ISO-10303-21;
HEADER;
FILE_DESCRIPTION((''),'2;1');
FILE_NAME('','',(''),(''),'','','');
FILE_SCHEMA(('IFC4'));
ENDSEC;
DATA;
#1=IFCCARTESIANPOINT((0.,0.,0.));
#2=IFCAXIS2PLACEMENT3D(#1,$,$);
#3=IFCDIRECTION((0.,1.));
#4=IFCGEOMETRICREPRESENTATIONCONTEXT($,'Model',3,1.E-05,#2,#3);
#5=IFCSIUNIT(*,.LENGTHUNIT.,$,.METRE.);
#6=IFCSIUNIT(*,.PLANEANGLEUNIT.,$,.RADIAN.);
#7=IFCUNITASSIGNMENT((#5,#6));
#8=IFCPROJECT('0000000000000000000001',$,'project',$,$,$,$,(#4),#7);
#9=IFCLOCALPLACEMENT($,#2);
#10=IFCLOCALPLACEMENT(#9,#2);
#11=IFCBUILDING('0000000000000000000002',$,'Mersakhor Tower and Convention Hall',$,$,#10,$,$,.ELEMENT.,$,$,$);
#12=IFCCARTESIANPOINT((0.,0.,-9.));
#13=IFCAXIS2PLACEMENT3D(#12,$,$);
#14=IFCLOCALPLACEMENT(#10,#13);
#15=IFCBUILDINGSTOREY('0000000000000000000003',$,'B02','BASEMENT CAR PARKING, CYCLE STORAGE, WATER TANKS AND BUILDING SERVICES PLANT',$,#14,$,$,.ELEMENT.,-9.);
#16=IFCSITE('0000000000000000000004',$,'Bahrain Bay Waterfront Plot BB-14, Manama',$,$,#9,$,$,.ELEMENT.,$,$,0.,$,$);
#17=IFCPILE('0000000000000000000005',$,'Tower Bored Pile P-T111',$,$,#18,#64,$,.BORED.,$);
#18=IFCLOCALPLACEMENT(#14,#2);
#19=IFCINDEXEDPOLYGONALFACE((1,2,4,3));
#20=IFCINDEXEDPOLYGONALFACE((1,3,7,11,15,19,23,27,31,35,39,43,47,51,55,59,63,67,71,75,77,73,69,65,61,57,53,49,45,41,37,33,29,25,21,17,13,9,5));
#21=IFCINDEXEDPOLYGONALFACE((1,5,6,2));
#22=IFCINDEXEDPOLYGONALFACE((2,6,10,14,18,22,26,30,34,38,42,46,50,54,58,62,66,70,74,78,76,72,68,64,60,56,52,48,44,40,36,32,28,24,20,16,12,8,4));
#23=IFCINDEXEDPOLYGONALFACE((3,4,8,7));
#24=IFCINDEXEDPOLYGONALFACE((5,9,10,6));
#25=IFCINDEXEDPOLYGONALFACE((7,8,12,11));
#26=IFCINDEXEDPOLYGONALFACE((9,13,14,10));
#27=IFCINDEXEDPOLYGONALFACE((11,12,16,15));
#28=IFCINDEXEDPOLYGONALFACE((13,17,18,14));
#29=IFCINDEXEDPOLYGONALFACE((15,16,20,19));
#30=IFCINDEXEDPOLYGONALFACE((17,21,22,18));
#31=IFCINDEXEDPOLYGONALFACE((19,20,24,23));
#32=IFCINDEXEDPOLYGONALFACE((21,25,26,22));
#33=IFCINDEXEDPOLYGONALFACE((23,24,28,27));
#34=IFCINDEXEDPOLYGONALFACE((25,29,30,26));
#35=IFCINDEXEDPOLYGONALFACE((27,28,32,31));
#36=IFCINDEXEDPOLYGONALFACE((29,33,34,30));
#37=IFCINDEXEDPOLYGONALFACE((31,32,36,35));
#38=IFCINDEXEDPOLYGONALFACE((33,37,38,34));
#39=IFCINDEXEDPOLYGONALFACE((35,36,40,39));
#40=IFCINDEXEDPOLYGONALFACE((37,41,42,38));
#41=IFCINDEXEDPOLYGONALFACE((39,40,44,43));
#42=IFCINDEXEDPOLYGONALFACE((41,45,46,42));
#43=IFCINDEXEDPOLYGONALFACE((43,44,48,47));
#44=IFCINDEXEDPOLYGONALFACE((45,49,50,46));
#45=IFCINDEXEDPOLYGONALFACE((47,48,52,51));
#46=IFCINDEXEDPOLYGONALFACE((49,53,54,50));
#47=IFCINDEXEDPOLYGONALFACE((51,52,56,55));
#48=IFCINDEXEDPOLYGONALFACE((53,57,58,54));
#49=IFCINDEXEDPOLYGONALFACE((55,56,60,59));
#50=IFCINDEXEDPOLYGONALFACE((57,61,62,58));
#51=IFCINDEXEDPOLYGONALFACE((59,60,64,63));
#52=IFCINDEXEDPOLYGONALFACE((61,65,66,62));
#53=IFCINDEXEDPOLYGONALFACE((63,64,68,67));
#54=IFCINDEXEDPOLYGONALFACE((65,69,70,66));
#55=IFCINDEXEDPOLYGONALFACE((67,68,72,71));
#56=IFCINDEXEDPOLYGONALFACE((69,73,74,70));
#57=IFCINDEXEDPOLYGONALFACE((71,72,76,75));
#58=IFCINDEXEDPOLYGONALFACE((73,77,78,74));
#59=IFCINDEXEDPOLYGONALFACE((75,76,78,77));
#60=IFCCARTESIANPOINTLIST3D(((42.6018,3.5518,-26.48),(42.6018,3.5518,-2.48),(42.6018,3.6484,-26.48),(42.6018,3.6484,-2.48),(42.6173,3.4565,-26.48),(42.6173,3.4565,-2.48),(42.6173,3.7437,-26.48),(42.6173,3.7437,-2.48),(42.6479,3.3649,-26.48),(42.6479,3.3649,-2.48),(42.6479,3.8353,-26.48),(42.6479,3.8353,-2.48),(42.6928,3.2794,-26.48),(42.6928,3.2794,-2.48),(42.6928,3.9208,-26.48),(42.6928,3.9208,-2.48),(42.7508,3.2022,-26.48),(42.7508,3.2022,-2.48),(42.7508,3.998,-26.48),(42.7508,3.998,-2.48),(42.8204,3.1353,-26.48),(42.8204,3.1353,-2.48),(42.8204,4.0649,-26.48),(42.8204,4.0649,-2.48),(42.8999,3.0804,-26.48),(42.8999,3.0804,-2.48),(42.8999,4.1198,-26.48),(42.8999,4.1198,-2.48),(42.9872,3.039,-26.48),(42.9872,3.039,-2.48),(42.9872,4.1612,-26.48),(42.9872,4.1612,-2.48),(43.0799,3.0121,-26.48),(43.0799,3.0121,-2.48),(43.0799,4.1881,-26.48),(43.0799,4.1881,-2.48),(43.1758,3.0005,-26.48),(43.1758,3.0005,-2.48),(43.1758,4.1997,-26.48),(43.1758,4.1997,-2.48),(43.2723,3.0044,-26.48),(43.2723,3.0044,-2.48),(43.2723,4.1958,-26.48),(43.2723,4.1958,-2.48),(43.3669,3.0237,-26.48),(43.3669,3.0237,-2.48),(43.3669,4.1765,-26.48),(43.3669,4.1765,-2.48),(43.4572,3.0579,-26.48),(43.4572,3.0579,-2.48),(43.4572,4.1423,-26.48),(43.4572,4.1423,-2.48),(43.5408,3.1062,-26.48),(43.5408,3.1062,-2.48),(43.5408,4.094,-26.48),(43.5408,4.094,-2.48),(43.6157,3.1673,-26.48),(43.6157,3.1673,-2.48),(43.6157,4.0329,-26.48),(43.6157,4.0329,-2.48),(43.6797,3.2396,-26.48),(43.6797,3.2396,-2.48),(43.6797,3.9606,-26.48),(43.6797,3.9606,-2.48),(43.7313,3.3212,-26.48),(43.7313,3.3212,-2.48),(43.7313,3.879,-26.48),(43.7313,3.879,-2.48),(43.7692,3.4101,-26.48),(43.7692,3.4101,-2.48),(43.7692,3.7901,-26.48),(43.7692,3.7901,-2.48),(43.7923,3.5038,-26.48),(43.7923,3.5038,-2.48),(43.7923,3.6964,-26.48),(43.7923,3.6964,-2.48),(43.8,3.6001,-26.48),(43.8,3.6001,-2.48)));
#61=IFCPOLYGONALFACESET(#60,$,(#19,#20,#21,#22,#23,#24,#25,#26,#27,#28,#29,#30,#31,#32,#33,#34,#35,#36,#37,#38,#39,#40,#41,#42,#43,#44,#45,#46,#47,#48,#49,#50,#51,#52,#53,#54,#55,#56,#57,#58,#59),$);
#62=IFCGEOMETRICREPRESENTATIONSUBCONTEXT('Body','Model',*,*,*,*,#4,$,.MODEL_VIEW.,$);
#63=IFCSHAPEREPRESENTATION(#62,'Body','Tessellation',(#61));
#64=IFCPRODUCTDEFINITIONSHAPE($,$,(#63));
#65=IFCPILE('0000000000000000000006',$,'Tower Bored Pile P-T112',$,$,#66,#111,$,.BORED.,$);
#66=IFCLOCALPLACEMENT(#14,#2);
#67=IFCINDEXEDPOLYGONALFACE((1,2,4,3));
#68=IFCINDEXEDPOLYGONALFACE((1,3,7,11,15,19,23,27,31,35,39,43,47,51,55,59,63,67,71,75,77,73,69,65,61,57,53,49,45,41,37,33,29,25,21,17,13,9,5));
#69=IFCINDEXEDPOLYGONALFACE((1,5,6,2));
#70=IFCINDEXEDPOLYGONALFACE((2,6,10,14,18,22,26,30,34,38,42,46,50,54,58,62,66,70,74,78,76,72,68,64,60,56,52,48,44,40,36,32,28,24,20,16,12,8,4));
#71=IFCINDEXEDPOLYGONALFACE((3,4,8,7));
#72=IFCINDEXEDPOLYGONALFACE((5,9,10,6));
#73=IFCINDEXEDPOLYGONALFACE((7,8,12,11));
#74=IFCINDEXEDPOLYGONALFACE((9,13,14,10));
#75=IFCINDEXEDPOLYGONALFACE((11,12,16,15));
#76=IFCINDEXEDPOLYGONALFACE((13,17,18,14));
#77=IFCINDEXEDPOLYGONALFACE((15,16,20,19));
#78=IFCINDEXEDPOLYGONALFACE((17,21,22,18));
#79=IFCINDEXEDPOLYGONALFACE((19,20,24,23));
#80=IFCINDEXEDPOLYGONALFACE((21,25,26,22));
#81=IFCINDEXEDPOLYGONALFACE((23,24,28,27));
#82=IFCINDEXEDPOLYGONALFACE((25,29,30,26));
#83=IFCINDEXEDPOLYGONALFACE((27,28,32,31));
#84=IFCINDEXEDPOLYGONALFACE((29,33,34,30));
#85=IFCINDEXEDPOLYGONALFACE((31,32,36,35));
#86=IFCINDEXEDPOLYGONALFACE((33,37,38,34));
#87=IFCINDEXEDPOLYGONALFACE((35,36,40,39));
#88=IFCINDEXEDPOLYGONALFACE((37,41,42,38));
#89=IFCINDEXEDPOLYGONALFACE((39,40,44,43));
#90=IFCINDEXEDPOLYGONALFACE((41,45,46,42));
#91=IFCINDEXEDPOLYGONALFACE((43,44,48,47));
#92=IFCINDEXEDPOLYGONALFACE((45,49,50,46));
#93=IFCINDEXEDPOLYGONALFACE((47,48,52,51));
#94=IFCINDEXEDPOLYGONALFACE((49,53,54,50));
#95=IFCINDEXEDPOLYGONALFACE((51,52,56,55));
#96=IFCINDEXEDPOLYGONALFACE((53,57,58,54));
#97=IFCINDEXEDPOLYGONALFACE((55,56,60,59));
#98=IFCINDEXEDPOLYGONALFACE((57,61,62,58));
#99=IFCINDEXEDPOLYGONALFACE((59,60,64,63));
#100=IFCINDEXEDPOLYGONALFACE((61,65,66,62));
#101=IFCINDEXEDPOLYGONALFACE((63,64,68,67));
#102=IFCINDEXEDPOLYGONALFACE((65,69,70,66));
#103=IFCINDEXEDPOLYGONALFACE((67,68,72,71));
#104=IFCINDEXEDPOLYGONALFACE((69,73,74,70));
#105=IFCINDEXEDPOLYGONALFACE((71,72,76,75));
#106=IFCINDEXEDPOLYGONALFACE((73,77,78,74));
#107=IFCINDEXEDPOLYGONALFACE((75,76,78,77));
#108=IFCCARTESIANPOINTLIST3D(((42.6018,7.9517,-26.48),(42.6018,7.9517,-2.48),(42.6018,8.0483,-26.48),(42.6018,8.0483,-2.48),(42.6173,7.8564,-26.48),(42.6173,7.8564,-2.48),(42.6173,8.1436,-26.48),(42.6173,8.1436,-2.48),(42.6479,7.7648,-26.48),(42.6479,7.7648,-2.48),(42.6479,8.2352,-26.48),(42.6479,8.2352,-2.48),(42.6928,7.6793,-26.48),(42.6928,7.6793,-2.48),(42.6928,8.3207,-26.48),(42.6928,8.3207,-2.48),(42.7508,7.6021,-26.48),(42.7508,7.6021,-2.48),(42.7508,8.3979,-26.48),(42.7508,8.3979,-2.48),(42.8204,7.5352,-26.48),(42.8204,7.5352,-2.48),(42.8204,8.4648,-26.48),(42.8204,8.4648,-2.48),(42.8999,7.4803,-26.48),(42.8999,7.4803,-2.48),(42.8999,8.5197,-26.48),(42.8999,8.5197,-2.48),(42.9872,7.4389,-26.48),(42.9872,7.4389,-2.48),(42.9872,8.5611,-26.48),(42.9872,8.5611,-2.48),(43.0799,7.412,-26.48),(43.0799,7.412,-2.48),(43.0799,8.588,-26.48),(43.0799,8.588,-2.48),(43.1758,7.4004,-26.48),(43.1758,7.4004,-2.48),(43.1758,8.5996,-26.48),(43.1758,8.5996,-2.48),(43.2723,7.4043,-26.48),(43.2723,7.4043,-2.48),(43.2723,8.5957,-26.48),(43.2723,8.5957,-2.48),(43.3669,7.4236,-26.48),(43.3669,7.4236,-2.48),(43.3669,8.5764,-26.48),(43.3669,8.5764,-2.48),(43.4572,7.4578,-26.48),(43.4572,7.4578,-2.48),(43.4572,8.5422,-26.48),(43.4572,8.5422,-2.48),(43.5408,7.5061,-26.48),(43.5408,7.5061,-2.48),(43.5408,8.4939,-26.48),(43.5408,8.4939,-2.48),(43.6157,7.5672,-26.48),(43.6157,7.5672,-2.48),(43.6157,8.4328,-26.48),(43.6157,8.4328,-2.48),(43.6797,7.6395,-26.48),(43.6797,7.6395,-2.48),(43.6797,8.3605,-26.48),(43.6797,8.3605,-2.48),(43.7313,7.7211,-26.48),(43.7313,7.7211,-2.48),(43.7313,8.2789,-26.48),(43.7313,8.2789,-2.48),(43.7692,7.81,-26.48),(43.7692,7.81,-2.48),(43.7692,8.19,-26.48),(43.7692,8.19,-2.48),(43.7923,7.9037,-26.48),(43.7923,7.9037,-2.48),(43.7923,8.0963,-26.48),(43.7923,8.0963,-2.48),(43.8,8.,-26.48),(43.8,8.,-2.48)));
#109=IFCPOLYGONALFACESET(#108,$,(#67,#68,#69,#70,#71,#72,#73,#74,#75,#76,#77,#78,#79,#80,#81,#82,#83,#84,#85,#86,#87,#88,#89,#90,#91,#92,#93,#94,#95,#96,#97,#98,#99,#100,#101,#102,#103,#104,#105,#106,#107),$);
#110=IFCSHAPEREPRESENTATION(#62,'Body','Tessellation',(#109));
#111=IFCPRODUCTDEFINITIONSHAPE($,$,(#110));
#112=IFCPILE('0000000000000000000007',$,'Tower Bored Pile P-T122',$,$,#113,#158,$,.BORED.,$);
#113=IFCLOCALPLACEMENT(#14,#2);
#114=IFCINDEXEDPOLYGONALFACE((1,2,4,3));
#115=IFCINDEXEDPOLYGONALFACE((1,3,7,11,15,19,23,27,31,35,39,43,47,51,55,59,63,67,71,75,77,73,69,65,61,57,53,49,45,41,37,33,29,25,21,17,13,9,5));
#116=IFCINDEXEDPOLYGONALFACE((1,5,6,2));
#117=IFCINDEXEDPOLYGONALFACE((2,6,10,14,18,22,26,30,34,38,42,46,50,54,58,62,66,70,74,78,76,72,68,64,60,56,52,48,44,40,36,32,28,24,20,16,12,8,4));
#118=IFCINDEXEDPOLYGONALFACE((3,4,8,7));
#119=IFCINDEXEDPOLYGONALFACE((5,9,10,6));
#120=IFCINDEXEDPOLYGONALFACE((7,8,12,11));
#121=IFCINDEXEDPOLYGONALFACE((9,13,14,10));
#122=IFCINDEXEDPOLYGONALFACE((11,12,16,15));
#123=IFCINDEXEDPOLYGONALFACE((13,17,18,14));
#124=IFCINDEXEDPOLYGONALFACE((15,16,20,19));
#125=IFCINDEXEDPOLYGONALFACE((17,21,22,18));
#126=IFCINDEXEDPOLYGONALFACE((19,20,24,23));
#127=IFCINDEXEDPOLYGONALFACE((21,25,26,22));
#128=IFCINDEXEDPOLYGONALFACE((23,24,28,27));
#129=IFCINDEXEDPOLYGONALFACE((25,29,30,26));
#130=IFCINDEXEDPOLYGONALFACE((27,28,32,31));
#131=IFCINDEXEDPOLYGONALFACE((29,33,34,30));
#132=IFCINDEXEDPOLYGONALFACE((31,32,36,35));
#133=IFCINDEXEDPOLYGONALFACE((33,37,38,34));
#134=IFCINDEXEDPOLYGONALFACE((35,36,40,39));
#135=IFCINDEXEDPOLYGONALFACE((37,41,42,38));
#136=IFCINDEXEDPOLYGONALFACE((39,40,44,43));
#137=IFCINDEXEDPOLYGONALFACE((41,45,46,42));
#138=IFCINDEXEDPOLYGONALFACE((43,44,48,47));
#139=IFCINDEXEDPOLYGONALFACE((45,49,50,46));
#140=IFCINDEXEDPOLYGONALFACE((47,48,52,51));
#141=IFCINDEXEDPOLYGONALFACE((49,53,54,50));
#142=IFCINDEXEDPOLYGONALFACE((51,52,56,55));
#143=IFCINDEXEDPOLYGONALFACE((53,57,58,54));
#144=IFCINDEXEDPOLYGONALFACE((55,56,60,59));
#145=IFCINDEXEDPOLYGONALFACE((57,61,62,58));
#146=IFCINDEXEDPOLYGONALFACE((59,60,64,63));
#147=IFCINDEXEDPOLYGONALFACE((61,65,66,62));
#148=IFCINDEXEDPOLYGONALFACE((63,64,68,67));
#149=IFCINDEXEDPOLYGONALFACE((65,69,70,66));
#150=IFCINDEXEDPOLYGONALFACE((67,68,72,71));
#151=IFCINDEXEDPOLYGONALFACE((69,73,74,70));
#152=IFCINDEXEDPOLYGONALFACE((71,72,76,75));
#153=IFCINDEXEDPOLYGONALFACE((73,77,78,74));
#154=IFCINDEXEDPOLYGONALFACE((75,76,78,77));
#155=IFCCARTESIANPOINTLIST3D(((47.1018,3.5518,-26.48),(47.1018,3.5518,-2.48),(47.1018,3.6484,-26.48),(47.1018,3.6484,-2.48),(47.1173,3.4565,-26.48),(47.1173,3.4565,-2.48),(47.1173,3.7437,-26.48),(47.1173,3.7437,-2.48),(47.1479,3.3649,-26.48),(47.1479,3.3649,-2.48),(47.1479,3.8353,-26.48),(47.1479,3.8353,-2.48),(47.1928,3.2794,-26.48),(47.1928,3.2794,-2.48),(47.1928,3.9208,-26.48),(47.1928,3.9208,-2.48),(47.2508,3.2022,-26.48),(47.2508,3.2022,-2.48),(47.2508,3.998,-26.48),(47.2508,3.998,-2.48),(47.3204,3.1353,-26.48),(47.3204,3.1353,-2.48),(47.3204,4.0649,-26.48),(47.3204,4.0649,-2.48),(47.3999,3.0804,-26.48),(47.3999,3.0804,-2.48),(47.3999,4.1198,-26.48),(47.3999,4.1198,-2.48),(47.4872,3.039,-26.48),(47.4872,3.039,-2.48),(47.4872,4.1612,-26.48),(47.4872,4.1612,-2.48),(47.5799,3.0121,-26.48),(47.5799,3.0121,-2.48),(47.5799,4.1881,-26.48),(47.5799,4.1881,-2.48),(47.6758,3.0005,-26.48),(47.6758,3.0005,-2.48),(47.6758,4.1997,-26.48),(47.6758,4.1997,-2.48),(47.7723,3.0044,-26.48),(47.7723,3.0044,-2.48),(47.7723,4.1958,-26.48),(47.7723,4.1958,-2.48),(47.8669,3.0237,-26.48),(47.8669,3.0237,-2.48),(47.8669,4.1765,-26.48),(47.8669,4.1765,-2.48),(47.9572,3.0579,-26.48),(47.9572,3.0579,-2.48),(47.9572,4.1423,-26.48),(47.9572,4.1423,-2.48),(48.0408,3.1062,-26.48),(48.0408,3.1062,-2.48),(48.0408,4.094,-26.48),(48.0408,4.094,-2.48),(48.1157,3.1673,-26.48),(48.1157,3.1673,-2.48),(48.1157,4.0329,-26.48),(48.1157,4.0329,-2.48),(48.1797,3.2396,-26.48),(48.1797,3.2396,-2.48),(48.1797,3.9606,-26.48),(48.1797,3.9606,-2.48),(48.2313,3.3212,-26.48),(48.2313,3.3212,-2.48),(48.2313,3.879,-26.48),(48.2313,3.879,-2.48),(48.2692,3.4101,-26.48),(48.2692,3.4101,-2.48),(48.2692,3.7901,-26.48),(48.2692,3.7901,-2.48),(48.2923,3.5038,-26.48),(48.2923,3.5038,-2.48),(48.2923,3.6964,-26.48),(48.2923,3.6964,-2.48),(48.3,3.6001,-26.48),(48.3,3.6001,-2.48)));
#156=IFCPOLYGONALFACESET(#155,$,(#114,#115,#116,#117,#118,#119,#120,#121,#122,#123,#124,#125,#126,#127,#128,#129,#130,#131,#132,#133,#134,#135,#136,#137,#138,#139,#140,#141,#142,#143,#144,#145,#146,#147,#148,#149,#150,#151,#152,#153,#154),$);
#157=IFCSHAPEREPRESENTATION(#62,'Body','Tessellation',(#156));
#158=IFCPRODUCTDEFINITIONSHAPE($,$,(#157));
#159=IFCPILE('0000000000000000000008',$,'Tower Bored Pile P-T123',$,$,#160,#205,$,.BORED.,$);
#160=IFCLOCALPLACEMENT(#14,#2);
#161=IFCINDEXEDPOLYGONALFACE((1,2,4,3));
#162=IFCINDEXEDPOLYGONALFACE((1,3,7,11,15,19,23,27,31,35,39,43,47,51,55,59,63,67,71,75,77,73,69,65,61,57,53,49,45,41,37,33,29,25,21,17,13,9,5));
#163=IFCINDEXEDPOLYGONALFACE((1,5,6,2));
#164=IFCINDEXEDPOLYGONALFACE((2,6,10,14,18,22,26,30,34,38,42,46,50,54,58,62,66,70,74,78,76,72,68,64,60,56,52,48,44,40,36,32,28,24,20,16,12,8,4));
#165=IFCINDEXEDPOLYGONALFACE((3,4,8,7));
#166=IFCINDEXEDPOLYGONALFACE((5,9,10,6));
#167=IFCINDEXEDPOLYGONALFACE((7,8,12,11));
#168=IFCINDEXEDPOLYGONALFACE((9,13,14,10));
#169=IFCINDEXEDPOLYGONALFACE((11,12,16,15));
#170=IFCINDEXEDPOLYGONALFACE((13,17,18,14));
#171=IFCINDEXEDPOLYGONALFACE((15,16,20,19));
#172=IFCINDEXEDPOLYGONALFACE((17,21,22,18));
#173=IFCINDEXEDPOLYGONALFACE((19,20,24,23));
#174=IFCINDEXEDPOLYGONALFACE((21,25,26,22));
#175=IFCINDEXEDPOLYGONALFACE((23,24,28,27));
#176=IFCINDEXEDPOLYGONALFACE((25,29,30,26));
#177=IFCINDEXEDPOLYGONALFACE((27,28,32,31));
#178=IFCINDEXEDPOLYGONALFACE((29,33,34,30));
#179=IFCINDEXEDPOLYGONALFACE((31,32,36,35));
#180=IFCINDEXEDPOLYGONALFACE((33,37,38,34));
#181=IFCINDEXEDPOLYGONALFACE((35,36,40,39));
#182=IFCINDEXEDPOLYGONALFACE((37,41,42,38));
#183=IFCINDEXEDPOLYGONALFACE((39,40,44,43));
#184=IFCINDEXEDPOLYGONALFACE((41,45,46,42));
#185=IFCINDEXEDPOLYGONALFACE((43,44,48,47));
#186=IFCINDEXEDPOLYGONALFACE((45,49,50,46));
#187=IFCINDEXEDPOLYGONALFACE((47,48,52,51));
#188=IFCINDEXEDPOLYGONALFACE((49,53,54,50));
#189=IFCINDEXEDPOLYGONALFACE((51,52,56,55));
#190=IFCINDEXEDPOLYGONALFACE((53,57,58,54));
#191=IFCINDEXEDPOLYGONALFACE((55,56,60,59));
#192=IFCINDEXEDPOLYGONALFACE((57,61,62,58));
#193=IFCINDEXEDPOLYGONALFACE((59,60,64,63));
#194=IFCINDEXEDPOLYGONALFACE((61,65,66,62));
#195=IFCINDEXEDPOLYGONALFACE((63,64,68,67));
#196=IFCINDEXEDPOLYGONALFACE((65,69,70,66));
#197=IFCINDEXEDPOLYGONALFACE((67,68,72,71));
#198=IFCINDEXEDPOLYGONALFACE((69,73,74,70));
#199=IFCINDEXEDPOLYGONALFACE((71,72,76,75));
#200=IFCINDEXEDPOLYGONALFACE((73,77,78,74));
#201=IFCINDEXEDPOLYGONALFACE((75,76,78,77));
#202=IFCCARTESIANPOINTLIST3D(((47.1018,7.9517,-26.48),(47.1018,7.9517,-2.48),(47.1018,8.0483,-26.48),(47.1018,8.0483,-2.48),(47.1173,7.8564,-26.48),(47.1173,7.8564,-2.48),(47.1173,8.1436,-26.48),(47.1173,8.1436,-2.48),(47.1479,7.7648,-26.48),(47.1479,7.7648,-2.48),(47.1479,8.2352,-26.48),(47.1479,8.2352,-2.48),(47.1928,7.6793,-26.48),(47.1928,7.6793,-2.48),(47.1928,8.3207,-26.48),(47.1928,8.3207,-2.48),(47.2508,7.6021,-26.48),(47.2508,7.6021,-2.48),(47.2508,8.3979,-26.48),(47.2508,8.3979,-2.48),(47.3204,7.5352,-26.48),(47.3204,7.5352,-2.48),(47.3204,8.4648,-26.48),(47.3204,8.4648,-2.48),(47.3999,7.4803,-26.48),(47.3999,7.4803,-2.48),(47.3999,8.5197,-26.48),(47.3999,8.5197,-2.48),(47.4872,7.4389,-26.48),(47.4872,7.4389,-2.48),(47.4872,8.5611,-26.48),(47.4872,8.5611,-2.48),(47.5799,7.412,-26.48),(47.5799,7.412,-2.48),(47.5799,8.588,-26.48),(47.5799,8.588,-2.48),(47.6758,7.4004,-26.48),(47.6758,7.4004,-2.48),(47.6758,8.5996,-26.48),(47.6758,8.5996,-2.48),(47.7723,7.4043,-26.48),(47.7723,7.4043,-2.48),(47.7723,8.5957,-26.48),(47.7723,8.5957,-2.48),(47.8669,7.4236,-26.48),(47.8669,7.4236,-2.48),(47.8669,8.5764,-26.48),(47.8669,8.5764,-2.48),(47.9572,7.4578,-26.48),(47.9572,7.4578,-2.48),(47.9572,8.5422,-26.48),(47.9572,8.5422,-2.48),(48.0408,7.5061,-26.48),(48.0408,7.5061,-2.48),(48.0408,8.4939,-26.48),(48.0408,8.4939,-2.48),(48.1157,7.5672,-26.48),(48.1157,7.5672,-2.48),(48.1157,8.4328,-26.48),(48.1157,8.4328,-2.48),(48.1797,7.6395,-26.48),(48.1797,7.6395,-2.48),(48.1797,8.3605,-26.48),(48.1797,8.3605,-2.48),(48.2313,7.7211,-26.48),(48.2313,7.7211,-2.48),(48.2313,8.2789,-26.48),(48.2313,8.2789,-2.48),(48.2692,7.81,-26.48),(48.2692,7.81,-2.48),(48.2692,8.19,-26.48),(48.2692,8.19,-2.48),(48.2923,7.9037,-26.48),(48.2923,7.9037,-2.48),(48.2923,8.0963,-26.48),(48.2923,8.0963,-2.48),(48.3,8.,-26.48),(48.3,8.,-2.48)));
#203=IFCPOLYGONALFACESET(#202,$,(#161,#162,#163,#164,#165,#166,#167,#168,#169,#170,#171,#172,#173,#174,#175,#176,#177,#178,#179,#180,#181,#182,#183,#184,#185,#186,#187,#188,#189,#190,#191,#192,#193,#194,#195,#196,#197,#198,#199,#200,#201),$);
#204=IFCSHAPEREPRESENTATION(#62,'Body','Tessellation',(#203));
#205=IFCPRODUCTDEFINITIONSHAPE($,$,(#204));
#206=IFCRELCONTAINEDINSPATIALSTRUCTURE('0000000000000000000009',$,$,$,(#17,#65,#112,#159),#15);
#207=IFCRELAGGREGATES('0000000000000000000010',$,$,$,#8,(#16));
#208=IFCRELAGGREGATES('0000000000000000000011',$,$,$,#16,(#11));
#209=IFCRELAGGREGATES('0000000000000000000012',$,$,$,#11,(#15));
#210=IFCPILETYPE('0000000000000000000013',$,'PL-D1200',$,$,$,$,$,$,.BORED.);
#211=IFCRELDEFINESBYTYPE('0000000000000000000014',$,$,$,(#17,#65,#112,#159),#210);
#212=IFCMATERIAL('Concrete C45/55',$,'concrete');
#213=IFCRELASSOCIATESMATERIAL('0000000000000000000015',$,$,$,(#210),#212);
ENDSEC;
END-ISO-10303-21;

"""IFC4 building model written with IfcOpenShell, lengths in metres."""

from ifc_helpers import new_model, si_unit, direction, frame, origin, origin_2d, place, context, subcontext, project, spatial, circle, extrude, material, material_profile, profile_set, type_object, element, save


model = new_model("IFC4")

# Units and contexts
model_context = context("Model", 3, precision=1e-05, world=origin(), true_north=direction((0.0, 1.0)))
body_context = subcontext(model_context, "Body", "Model", "MODEL_VIEW")
ifc_project = project(units=[si_unit("LENGTHUNIT", "METRE"), si_unit("PLANEANGLEUNIT", "RADIAN")], contexts=[model_context])

# Site, building, storey
site_placement = place(None, origin())
site = spatial("IfcSite", under=ifc_project, at=site_placement, Name="Bahrain Bay Waterfront Plot BB-14, Manama", CompositionType="ELEMENT", RefElevation=0.0)
building_placement = place(site_placement, origin())
building = spatial("IfcBuilding", under=site, at=building_placement, Name="Mersakhor Tower and Convention Hall", CompositionType="ELEMENT")
storey_placement = place(building_placement, frame((0.0, 0.0, -9.0)))
storey = spatial("IfcBuildingStorey", under=building, at=storey_placement, Name="B02", Description="BASEMENT CAR PARKING, CYCLE STORAGE, WATER TANKS AND BUILDING SERVICES PLANT", CompositionType="ELEMENT", Elevation=-9.0)

# Piles
ifc_material_1 = material(Name="Concrete C45/55", Category="concrete")
ifc_material_profile_1 = material_profile(ifc_material_1, circle(Radius=0.6001, at=origin_2d()), Name="PILE D1200")
ifc_profile_set_1 = profile_set([ifc_material_profile_1], Name="Concrete C45/55")
pile_type_1 = type_object("IfcPileType", Name="PL-D1200", PredefinedType="BORED", material=ifc_profile_set_1)
for number, where, z_axis, x_axis, name in (
    (1, (43.2, 3.6001, -2.48), (0.0, 0.0, -1.0), (1.0, 0.0, 0.0), "Tower Bored Pile P-T111"),
    (2, (43.2, 8.0, -2.48), (0.0, 0.0, -1.0), (1.0, 0.0, 0.0), "Tower Bored Pile P-T112"),
    (3, (47.7, 3.6001, -2.48), (0.0, 0.0, -1.0), (1.0, 0.0, 0.0), "Tower Bored Pile P-T122"),
    (4, (47.7, 8.0, -2.48), (0.0, 0.0, -1.0), (1.0, 0.0, 0.0), "Tower Bored Pile P-T123"),
):
    element("IfcPile", number, at=place(storey_placement, frame(where, z_axis=z_axis, x_axis=x_axis)), inside=storey, type_object=pile_type_1, Name=name, PredefinedType="BORED", context=body_context, shape_type="SweptSolid", body=[
        extrude(circle(Radius=0.6001, at=origin_2d()), origin(), (0.0, 0.0, 1.0), 24.0),
    ])

save(model, "model.ifc")
